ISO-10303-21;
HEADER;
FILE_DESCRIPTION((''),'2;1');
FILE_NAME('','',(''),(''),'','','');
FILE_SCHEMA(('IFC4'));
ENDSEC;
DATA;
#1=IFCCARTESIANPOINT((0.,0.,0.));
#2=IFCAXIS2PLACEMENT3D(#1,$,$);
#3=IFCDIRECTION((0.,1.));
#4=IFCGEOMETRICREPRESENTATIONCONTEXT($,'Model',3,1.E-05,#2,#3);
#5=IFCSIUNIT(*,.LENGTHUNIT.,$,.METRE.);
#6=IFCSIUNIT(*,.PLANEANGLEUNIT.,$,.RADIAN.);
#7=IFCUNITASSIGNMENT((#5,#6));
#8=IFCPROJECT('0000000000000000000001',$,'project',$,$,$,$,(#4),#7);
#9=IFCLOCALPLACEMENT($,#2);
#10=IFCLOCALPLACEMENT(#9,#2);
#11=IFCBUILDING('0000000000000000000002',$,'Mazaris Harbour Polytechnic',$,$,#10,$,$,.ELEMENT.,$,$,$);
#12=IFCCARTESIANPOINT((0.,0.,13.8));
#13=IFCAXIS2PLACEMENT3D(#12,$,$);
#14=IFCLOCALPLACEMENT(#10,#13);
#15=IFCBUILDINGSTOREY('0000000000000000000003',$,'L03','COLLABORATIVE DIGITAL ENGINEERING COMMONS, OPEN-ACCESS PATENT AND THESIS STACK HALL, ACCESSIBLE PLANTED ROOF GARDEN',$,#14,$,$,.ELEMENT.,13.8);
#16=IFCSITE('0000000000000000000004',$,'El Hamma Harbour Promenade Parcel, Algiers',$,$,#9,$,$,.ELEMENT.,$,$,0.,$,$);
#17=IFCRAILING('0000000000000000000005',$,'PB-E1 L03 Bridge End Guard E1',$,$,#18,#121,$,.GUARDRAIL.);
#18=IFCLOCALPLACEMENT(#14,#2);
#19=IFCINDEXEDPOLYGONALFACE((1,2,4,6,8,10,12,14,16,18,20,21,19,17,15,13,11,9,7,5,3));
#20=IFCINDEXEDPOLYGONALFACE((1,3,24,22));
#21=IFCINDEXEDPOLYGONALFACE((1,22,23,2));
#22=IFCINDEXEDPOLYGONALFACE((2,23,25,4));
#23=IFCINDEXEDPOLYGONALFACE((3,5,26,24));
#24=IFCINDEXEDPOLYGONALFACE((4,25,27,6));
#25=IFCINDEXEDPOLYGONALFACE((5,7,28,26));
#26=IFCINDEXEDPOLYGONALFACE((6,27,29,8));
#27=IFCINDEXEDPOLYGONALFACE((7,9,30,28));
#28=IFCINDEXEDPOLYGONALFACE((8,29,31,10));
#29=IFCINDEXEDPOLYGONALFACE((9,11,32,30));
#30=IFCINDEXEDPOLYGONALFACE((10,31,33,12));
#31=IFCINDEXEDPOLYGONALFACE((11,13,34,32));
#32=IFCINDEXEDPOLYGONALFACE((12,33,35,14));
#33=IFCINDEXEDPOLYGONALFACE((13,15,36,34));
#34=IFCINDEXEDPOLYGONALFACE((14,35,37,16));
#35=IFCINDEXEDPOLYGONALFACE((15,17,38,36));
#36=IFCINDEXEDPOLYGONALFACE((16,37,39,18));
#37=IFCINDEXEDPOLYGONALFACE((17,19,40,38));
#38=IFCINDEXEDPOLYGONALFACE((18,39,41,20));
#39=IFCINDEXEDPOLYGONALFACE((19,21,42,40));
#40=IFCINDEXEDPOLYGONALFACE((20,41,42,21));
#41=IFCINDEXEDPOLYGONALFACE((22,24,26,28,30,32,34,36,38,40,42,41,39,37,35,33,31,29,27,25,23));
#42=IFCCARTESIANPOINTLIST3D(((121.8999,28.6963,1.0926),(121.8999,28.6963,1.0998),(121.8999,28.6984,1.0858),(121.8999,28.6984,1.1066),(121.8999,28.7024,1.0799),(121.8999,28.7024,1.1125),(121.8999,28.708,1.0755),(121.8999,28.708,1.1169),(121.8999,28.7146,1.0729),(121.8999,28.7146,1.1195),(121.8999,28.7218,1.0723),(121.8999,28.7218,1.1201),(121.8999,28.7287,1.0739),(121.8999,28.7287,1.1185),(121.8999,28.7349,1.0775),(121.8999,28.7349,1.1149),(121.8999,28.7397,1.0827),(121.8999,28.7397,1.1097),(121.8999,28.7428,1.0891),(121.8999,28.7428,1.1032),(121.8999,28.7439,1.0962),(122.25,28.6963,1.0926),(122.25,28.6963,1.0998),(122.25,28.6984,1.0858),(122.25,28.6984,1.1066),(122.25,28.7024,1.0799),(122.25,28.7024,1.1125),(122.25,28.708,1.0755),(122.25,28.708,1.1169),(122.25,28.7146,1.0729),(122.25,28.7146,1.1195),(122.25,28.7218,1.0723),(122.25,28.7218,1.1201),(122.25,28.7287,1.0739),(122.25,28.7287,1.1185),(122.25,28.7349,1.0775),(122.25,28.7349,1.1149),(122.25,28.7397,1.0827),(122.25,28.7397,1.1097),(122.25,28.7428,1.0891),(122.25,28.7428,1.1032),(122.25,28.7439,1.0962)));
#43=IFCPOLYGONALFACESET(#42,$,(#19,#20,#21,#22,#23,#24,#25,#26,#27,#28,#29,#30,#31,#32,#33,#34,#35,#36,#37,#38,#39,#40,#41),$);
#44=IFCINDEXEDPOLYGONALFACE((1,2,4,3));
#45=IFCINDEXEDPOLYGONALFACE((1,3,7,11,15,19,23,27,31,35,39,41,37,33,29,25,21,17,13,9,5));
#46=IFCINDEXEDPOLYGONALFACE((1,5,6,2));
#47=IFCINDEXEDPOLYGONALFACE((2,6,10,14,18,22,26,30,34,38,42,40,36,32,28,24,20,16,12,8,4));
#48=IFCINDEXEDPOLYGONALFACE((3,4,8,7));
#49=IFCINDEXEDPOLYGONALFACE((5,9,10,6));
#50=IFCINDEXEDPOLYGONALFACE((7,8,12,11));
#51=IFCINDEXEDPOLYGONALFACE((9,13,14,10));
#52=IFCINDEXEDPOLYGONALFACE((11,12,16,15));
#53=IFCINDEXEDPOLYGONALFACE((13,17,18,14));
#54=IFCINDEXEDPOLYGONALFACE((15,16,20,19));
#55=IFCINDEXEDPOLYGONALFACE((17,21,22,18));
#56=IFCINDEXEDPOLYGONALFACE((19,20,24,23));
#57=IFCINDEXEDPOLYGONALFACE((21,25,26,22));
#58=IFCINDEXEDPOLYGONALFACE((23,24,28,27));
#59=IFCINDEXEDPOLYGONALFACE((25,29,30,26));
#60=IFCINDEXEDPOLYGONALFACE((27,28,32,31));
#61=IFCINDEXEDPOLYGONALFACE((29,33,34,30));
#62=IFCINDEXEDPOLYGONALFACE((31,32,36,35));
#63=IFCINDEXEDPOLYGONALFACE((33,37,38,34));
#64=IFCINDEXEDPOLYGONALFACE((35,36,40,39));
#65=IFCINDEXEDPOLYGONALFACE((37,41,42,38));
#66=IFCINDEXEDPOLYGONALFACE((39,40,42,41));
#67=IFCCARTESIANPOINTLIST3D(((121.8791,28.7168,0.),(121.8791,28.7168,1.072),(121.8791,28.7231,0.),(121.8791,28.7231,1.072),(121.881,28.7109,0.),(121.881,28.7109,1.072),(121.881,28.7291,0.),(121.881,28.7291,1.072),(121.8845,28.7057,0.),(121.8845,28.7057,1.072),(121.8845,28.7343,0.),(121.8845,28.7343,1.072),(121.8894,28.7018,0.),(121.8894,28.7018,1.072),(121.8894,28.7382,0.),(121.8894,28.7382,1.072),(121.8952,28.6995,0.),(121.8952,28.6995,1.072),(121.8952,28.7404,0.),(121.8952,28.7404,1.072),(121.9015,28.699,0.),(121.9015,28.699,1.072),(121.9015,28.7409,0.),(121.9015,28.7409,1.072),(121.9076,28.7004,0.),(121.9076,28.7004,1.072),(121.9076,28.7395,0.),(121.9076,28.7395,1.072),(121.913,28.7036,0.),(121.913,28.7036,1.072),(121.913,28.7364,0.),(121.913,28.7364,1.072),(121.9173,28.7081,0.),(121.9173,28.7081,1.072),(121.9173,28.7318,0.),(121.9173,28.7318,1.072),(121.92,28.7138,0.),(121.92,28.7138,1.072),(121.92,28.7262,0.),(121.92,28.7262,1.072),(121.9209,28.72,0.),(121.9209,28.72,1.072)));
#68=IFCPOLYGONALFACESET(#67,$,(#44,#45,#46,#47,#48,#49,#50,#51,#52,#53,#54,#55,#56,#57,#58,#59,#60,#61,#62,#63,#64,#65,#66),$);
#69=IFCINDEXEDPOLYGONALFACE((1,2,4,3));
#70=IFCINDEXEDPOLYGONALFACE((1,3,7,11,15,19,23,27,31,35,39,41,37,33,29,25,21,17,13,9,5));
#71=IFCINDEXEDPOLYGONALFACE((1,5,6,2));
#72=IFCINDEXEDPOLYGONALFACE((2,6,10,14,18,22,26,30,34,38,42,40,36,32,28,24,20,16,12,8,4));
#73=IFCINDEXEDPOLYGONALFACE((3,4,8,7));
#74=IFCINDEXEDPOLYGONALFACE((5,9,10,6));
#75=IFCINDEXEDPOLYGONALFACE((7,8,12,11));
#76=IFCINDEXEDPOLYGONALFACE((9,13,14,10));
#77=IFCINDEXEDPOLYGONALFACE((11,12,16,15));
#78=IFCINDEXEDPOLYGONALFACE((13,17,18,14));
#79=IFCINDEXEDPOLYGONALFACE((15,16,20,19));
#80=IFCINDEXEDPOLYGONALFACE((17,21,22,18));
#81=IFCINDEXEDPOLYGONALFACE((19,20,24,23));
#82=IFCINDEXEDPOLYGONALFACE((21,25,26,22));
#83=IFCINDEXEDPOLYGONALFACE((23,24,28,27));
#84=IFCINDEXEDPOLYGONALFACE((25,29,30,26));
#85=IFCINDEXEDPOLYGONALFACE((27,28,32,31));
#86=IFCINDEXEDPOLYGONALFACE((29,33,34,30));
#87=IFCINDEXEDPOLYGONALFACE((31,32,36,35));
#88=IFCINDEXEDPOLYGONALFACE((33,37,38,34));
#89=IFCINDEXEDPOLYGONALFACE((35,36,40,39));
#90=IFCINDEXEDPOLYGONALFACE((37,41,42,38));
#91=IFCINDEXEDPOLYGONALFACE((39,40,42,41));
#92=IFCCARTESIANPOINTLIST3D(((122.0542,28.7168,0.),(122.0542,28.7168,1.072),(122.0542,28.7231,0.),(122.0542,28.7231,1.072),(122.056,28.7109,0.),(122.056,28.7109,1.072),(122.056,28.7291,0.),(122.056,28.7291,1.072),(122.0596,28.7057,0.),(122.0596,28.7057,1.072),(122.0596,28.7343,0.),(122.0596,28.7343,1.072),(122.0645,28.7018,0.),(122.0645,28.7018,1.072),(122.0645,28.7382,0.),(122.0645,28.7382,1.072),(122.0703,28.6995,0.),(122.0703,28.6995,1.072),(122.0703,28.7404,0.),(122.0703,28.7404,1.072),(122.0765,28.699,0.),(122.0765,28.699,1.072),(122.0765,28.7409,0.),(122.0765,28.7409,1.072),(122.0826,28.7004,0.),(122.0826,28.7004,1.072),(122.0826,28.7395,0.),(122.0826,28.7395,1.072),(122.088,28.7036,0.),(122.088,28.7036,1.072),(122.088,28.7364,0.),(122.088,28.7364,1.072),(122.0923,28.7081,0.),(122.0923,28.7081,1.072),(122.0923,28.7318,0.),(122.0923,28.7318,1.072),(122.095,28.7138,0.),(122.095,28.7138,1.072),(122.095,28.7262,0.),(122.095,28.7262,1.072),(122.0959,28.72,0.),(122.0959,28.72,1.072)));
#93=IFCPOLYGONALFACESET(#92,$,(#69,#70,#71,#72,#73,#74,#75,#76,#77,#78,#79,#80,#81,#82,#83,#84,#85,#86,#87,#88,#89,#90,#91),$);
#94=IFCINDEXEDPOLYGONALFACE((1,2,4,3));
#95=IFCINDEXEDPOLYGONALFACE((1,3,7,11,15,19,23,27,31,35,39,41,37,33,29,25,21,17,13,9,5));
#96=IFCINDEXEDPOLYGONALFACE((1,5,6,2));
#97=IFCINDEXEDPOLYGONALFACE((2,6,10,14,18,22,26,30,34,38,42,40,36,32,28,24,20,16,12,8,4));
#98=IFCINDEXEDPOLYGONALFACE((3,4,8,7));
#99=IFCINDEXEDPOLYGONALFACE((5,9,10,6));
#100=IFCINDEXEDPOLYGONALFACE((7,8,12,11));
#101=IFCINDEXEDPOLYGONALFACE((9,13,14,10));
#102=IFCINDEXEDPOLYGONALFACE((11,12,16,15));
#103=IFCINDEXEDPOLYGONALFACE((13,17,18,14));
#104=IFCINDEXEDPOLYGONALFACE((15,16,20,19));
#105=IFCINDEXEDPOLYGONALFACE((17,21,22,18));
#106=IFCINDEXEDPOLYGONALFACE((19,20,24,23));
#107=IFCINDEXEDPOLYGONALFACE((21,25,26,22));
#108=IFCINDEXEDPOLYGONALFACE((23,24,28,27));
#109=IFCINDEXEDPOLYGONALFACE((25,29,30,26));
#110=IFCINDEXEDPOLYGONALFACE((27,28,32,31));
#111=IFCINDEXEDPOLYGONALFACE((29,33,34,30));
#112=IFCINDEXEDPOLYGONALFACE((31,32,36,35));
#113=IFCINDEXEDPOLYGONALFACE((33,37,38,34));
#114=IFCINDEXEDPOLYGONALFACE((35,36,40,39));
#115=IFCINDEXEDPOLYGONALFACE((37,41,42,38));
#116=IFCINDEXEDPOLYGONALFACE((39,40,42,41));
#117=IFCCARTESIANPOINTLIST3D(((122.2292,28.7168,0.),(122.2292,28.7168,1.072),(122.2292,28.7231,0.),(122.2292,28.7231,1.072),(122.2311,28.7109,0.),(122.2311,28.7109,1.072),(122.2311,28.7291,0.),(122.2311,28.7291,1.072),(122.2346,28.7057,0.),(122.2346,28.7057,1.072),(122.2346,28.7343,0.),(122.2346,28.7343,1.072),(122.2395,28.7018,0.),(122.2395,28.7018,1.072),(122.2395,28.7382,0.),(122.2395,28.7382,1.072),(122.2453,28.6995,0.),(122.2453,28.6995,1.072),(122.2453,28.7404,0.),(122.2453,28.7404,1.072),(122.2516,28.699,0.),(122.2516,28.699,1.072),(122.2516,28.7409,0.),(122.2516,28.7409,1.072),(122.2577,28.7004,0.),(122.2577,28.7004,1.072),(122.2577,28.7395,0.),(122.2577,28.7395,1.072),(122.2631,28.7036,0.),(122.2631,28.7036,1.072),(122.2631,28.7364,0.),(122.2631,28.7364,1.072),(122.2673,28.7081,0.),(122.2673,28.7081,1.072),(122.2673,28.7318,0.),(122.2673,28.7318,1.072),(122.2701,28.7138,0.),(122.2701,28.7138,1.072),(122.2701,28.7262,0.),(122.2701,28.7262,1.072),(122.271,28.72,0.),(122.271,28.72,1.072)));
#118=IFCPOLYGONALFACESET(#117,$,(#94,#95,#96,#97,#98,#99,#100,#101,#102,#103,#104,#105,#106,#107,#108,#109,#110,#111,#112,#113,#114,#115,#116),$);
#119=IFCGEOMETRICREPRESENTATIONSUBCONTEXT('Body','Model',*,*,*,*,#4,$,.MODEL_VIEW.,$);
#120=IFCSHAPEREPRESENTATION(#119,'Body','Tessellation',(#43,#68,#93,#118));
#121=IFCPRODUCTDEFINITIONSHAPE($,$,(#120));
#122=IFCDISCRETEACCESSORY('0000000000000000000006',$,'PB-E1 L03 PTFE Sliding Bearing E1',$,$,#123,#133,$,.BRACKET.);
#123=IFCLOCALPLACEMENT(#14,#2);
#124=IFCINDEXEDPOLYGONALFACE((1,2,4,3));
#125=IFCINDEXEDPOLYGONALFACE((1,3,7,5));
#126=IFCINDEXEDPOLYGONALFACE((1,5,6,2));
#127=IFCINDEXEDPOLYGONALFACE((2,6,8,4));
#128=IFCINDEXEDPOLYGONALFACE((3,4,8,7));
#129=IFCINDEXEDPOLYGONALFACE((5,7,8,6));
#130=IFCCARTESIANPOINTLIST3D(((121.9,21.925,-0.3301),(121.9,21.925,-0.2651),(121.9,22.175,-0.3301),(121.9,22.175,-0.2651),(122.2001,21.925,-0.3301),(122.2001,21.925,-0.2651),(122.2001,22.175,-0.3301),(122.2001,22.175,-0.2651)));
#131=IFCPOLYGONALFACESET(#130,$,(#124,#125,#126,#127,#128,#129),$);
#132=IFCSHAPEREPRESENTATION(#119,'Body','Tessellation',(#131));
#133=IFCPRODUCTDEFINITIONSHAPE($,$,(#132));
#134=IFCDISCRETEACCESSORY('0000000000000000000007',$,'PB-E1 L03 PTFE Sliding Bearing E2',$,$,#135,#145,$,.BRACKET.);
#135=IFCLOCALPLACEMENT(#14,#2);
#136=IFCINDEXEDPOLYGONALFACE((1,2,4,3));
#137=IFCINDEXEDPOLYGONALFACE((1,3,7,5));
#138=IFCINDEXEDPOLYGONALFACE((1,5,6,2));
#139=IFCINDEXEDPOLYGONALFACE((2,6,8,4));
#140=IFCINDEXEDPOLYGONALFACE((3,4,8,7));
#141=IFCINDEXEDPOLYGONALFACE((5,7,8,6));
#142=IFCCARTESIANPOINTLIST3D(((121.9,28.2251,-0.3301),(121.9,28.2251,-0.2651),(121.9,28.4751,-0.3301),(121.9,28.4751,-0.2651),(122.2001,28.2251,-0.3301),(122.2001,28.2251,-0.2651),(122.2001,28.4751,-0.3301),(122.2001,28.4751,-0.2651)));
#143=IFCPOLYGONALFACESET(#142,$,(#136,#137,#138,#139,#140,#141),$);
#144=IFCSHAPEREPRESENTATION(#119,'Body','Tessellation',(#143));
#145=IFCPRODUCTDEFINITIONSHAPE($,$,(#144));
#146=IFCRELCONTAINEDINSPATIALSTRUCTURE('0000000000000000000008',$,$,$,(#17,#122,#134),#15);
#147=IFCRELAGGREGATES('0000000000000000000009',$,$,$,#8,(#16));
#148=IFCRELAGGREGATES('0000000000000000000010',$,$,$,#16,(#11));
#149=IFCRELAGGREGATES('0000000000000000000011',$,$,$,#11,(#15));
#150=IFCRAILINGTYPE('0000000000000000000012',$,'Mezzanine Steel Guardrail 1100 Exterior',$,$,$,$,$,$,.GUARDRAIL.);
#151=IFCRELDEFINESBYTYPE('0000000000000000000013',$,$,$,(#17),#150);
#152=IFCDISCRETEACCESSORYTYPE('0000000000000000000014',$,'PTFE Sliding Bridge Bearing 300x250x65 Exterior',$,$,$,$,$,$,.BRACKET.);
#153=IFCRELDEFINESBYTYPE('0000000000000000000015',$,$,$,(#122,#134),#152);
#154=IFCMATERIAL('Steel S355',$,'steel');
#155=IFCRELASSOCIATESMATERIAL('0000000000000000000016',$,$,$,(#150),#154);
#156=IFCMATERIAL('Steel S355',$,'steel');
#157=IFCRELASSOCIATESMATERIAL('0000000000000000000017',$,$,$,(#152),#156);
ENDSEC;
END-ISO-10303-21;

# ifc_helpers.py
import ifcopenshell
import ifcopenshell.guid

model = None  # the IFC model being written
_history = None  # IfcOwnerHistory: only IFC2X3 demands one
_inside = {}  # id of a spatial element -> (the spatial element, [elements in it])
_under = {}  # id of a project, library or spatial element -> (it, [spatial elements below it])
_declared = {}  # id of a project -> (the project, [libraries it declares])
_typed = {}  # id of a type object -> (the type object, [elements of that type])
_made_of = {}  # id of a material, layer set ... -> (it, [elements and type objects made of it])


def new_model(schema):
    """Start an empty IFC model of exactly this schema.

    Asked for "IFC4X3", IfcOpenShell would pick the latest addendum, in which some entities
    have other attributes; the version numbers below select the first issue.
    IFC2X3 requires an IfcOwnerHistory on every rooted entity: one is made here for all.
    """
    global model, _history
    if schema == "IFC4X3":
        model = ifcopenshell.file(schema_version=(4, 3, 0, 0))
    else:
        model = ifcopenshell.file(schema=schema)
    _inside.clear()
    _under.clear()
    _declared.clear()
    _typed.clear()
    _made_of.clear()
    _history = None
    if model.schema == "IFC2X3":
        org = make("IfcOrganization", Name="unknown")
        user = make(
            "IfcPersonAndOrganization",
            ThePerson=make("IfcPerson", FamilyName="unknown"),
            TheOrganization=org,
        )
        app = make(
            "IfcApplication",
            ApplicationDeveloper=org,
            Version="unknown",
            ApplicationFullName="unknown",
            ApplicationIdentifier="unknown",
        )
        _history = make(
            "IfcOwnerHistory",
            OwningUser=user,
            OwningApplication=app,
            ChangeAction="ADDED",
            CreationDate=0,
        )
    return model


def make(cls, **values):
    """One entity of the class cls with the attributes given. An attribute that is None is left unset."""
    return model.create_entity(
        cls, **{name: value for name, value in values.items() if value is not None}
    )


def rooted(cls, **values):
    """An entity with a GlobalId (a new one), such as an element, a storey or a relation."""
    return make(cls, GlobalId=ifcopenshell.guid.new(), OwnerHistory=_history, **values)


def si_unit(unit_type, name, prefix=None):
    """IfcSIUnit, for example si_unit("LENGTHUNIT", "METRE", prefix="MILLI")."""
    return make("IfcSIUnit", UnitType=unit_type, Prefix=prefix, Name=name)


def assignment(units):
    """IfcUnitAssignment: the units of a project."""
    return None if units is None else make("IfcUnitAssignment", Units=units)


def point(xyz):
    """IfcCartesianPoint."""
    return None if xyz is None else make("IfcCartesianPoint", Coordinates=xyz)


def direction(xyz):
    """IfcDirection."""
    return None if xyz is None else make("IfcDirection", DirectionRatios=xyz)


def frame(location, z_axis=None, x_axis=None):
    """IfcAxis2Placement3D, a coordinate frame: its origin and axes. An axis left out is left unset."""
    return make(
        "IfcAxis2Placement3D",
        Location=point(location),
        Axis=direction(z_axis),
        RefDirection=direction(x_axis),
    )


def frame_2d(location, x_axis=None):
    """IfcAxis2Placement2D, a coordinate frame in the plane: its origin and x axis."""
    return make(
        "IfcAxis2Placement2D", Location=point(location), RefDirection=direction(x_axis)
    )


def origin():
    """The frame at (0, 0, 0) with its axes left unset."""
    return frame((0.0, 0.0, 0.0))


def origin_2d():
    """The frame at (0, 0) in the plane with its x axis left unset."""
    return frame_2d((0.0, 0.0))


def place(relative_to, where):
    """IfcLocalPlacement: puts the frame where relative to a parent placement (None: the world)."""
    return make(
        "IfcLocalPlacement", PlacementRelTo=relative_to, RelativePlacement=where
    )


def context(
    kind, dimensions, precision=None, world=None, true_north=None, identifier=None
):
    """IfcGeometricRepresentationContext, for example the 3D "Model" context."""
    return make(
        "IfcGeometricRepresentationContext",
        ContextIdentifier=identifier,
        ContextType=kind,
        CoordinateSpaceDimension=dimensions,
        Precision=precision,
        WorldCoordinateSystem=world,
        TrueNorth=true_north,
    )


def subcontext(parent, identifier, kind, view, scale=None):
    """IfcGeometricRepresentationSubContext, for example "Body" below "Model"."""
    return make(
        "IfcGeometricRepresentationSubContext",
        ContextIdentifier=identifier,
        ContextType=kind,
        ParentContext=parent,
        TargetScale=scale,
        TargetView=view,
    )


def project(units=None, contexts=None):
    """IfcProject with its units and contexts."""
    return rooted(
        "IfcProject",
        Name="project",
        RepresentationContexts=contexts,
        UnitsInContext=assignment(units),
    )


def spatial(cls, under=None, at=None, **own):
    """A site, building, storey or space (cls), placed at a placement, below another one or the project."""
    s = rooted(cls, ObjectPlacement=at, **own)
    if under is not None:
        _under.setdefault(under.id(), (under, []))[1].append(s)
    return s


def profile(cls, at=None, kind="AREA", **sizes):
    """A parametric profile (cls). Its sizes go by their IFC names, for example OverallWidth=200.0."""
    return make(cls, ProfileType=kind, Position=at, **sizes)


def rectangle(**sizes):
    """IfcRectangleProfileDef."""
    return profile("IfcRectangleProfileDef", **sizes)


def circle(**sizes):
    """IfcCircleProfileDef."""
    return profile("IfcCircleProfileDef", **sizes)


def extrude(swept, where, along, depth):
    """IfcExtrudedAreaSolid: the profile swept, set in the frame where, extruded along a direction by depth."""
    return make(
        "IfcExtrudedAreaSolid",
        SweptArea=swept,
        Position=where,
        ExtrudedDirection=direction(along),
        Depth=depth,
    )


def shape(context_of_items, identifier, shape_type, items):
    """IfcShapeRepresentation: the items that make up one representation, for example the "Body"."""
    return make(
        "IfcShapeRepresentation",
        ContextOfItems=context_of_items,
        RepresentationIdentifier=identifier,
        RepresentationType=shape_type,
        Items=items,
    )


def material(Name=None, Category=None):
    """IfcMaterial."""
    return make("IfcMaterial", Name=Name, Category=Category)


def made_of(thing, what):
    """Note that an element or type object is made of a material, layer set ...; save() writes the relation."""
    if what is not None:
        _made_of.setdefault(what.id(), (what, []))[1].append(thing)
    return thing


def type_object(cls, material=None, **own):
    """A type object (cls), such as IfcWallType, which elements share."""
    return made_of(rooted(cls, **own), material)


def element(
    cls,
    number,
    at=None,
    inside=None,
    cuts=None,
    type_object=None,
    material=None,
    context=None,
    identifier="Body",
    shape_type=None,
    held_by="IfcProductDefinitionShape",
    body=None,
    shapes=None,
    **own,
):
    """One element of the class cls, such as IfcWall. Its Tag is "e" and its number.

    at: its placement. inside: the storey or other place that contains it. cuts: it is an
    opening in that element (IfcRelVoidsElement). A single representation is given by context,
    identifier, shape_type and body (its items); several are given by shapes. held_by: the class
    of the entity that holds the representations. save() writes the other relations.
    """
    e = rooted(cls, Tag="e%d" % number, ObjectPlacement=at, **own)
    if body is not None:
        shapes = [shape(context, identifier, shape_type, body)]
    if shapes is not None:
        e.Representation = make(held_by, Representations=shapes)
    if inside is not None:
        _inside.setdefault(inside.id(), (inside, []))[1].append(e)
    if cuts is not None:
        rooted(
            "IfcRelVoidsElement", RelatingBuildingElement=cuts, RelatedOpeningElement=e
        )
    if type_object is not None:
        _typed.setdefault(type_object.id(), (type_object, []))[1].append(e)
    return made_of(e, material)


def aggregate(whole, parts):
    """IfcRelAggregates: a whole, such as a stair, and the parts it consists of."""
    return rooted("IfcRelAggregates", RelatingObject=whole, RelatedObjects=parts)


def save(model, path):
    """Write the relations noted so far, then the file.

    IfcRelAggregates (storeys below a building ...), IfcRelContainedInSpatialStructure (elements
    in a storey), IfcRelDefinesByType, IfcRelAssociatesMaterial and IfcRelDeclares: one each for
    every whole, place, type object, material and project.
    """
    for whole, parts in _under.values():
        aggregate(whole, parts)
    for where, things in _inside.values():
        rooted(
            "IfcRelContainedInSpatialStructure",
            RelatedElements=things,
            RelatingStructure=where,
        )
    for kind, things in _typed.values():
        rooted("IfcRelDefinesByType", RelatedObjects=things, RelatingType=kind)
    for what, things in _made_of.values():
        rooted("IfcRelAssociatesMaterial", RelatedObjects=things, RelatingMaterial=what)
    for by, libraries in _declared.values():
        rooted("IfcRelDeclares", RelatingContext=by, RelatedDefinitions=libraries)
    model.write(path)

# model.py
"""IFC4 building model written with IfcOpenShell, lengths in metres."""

from ifc_helpers import new_model, si_unit, direction, frame, origin, origin_2d, place, context, subcontext, project, spatial, rectangle, circle, extrude, material, type_object, element, save


model = new_model("IFC4")

# Units and contexts
model_context = context("Model", 3, precision=1e-05, world=origin(), true_north=direction((0.0, 1.0)))
body_context = subcontext(model_context, "Body", "Model", "MODEL_VIEW")
ifc_project = project(units=[si_unit("LENGTHUNIT", "METRE"), si_unit("PLANEANGLEUNIT", "RADIAN")], contexts=[model_context])

# Site, building, storey
site_placement = place(None, origin())
site = spatial("IfcSite", under=ifc_project, at=site_placement, Name="El Hamma Harbour Promenade Parcel, Algiers", CompositionType="ELEMENT", RefElevation=0.0)
building_placement = place(site_placement, origin())
building = spatial("IfcBuilding", under=site, at=building_placement, Name="Mazaris Harbour Polytechnic", CompositionType="ELEMENT")
storey_placement = place(building_placement, frame((0.0, 0.0, 13.8)))
storey = spatial("IfcBuildingStorey", under=building, at=storey_placement, Name="L03", Description="COLLABORATIVE DIGITAL ENGINEERING COMMONS, OPEN-ACCESS PATENT AND THESIS STACK HALL, ACCESSIBLE PLANTED ROOF GARDEN", CompositionType="ELEMENT", Elevation=13.8)

# Railing
ifc_material_1 = material(Name="Steel S355", Category="steel")
railing_type = type_object("IfcRailingType", Name="Mezzanine Steel Guardrail 1100 Exterior", PredefinedType="GUARDRAIL", material=ifc_material_1)
railing_placement = place(storey_placement, frame((121.8999, 28.72, 0.0)))
element("IfcRailing", 1, at=railing_placement, inside=storey, type_object=railing_type, Name="PB-E1 L03 Bridge End Guard E1", PredefinedType="GUARDRAIL", context=body_context, shape_type="SweptSolid", body=[
    extrude(circle(Radius=0.0239, at=origin_2d()), frame((0.0, 0.0, 1.0962), z_axis=(1.0, 0.0, 0.0), x_axis=(0.0, 1.0, 0.0)), (0.0, 0.0, 1.0), 0.3501),
    extrude(circle(Radius=0.021, at=origin_2d()), origin(), (0.0, 0.0, 1.0), 1.072),
    extrude(circle(Radius=0.021, at=origin_2d()), frame((0.175, 0.0, 0.0)), (0.0, 0.0, 1.0), 1.072),
    extrude(circle(Radius=0.021, at=origin_2d()), frame((0.3501, 0.0, 0.0)), (0.0, 0.0, 1.0), 1.072),
])

# Discrete accessories
ifc_material_2 = material(Name="Steel S355", Category="steel")
discrete_accessory_type = type_object("IfcDiscreteAccessoryType", Name="PTFE Sliding Bridge Bearing 300x250x65 Exterior", PredefinedType="BRACKET", material=ifc_material_2)
for number, where, z_axis, x_axis, name in (
    (2, (122.05, 22.05, -0.3301), (0.0, 0.0, 1.0), (1.0, 0.0, 0.0), "PB-E1 L03 PTFE Sliding Bearing E1"),
    (3, (122.05, 28.3501, -0.3301), (0.0, 0.0, 1.0), (1.0, 0.0, 0.0), "PB-E1 L03 PTFE Sliding Bearing E2"),
):
    element("IfcDiscreteAccessory", number, at=place(storey_placement, frame(where, z_axis=z_axis, x_axis=x_axis)), inside=storey, type_object=discrete_accessory_type, Name=name, PredefinedType="BRACKET", context=body_context, shape_type="SweptSolid", body=[
        extrude(rectangle(XDim=0.3, YDim=0.25, at=origin_2d()), origin(), (0.0, 0.0, 1.0), 0.0649),
    ])

save(model, "model.ifc")
